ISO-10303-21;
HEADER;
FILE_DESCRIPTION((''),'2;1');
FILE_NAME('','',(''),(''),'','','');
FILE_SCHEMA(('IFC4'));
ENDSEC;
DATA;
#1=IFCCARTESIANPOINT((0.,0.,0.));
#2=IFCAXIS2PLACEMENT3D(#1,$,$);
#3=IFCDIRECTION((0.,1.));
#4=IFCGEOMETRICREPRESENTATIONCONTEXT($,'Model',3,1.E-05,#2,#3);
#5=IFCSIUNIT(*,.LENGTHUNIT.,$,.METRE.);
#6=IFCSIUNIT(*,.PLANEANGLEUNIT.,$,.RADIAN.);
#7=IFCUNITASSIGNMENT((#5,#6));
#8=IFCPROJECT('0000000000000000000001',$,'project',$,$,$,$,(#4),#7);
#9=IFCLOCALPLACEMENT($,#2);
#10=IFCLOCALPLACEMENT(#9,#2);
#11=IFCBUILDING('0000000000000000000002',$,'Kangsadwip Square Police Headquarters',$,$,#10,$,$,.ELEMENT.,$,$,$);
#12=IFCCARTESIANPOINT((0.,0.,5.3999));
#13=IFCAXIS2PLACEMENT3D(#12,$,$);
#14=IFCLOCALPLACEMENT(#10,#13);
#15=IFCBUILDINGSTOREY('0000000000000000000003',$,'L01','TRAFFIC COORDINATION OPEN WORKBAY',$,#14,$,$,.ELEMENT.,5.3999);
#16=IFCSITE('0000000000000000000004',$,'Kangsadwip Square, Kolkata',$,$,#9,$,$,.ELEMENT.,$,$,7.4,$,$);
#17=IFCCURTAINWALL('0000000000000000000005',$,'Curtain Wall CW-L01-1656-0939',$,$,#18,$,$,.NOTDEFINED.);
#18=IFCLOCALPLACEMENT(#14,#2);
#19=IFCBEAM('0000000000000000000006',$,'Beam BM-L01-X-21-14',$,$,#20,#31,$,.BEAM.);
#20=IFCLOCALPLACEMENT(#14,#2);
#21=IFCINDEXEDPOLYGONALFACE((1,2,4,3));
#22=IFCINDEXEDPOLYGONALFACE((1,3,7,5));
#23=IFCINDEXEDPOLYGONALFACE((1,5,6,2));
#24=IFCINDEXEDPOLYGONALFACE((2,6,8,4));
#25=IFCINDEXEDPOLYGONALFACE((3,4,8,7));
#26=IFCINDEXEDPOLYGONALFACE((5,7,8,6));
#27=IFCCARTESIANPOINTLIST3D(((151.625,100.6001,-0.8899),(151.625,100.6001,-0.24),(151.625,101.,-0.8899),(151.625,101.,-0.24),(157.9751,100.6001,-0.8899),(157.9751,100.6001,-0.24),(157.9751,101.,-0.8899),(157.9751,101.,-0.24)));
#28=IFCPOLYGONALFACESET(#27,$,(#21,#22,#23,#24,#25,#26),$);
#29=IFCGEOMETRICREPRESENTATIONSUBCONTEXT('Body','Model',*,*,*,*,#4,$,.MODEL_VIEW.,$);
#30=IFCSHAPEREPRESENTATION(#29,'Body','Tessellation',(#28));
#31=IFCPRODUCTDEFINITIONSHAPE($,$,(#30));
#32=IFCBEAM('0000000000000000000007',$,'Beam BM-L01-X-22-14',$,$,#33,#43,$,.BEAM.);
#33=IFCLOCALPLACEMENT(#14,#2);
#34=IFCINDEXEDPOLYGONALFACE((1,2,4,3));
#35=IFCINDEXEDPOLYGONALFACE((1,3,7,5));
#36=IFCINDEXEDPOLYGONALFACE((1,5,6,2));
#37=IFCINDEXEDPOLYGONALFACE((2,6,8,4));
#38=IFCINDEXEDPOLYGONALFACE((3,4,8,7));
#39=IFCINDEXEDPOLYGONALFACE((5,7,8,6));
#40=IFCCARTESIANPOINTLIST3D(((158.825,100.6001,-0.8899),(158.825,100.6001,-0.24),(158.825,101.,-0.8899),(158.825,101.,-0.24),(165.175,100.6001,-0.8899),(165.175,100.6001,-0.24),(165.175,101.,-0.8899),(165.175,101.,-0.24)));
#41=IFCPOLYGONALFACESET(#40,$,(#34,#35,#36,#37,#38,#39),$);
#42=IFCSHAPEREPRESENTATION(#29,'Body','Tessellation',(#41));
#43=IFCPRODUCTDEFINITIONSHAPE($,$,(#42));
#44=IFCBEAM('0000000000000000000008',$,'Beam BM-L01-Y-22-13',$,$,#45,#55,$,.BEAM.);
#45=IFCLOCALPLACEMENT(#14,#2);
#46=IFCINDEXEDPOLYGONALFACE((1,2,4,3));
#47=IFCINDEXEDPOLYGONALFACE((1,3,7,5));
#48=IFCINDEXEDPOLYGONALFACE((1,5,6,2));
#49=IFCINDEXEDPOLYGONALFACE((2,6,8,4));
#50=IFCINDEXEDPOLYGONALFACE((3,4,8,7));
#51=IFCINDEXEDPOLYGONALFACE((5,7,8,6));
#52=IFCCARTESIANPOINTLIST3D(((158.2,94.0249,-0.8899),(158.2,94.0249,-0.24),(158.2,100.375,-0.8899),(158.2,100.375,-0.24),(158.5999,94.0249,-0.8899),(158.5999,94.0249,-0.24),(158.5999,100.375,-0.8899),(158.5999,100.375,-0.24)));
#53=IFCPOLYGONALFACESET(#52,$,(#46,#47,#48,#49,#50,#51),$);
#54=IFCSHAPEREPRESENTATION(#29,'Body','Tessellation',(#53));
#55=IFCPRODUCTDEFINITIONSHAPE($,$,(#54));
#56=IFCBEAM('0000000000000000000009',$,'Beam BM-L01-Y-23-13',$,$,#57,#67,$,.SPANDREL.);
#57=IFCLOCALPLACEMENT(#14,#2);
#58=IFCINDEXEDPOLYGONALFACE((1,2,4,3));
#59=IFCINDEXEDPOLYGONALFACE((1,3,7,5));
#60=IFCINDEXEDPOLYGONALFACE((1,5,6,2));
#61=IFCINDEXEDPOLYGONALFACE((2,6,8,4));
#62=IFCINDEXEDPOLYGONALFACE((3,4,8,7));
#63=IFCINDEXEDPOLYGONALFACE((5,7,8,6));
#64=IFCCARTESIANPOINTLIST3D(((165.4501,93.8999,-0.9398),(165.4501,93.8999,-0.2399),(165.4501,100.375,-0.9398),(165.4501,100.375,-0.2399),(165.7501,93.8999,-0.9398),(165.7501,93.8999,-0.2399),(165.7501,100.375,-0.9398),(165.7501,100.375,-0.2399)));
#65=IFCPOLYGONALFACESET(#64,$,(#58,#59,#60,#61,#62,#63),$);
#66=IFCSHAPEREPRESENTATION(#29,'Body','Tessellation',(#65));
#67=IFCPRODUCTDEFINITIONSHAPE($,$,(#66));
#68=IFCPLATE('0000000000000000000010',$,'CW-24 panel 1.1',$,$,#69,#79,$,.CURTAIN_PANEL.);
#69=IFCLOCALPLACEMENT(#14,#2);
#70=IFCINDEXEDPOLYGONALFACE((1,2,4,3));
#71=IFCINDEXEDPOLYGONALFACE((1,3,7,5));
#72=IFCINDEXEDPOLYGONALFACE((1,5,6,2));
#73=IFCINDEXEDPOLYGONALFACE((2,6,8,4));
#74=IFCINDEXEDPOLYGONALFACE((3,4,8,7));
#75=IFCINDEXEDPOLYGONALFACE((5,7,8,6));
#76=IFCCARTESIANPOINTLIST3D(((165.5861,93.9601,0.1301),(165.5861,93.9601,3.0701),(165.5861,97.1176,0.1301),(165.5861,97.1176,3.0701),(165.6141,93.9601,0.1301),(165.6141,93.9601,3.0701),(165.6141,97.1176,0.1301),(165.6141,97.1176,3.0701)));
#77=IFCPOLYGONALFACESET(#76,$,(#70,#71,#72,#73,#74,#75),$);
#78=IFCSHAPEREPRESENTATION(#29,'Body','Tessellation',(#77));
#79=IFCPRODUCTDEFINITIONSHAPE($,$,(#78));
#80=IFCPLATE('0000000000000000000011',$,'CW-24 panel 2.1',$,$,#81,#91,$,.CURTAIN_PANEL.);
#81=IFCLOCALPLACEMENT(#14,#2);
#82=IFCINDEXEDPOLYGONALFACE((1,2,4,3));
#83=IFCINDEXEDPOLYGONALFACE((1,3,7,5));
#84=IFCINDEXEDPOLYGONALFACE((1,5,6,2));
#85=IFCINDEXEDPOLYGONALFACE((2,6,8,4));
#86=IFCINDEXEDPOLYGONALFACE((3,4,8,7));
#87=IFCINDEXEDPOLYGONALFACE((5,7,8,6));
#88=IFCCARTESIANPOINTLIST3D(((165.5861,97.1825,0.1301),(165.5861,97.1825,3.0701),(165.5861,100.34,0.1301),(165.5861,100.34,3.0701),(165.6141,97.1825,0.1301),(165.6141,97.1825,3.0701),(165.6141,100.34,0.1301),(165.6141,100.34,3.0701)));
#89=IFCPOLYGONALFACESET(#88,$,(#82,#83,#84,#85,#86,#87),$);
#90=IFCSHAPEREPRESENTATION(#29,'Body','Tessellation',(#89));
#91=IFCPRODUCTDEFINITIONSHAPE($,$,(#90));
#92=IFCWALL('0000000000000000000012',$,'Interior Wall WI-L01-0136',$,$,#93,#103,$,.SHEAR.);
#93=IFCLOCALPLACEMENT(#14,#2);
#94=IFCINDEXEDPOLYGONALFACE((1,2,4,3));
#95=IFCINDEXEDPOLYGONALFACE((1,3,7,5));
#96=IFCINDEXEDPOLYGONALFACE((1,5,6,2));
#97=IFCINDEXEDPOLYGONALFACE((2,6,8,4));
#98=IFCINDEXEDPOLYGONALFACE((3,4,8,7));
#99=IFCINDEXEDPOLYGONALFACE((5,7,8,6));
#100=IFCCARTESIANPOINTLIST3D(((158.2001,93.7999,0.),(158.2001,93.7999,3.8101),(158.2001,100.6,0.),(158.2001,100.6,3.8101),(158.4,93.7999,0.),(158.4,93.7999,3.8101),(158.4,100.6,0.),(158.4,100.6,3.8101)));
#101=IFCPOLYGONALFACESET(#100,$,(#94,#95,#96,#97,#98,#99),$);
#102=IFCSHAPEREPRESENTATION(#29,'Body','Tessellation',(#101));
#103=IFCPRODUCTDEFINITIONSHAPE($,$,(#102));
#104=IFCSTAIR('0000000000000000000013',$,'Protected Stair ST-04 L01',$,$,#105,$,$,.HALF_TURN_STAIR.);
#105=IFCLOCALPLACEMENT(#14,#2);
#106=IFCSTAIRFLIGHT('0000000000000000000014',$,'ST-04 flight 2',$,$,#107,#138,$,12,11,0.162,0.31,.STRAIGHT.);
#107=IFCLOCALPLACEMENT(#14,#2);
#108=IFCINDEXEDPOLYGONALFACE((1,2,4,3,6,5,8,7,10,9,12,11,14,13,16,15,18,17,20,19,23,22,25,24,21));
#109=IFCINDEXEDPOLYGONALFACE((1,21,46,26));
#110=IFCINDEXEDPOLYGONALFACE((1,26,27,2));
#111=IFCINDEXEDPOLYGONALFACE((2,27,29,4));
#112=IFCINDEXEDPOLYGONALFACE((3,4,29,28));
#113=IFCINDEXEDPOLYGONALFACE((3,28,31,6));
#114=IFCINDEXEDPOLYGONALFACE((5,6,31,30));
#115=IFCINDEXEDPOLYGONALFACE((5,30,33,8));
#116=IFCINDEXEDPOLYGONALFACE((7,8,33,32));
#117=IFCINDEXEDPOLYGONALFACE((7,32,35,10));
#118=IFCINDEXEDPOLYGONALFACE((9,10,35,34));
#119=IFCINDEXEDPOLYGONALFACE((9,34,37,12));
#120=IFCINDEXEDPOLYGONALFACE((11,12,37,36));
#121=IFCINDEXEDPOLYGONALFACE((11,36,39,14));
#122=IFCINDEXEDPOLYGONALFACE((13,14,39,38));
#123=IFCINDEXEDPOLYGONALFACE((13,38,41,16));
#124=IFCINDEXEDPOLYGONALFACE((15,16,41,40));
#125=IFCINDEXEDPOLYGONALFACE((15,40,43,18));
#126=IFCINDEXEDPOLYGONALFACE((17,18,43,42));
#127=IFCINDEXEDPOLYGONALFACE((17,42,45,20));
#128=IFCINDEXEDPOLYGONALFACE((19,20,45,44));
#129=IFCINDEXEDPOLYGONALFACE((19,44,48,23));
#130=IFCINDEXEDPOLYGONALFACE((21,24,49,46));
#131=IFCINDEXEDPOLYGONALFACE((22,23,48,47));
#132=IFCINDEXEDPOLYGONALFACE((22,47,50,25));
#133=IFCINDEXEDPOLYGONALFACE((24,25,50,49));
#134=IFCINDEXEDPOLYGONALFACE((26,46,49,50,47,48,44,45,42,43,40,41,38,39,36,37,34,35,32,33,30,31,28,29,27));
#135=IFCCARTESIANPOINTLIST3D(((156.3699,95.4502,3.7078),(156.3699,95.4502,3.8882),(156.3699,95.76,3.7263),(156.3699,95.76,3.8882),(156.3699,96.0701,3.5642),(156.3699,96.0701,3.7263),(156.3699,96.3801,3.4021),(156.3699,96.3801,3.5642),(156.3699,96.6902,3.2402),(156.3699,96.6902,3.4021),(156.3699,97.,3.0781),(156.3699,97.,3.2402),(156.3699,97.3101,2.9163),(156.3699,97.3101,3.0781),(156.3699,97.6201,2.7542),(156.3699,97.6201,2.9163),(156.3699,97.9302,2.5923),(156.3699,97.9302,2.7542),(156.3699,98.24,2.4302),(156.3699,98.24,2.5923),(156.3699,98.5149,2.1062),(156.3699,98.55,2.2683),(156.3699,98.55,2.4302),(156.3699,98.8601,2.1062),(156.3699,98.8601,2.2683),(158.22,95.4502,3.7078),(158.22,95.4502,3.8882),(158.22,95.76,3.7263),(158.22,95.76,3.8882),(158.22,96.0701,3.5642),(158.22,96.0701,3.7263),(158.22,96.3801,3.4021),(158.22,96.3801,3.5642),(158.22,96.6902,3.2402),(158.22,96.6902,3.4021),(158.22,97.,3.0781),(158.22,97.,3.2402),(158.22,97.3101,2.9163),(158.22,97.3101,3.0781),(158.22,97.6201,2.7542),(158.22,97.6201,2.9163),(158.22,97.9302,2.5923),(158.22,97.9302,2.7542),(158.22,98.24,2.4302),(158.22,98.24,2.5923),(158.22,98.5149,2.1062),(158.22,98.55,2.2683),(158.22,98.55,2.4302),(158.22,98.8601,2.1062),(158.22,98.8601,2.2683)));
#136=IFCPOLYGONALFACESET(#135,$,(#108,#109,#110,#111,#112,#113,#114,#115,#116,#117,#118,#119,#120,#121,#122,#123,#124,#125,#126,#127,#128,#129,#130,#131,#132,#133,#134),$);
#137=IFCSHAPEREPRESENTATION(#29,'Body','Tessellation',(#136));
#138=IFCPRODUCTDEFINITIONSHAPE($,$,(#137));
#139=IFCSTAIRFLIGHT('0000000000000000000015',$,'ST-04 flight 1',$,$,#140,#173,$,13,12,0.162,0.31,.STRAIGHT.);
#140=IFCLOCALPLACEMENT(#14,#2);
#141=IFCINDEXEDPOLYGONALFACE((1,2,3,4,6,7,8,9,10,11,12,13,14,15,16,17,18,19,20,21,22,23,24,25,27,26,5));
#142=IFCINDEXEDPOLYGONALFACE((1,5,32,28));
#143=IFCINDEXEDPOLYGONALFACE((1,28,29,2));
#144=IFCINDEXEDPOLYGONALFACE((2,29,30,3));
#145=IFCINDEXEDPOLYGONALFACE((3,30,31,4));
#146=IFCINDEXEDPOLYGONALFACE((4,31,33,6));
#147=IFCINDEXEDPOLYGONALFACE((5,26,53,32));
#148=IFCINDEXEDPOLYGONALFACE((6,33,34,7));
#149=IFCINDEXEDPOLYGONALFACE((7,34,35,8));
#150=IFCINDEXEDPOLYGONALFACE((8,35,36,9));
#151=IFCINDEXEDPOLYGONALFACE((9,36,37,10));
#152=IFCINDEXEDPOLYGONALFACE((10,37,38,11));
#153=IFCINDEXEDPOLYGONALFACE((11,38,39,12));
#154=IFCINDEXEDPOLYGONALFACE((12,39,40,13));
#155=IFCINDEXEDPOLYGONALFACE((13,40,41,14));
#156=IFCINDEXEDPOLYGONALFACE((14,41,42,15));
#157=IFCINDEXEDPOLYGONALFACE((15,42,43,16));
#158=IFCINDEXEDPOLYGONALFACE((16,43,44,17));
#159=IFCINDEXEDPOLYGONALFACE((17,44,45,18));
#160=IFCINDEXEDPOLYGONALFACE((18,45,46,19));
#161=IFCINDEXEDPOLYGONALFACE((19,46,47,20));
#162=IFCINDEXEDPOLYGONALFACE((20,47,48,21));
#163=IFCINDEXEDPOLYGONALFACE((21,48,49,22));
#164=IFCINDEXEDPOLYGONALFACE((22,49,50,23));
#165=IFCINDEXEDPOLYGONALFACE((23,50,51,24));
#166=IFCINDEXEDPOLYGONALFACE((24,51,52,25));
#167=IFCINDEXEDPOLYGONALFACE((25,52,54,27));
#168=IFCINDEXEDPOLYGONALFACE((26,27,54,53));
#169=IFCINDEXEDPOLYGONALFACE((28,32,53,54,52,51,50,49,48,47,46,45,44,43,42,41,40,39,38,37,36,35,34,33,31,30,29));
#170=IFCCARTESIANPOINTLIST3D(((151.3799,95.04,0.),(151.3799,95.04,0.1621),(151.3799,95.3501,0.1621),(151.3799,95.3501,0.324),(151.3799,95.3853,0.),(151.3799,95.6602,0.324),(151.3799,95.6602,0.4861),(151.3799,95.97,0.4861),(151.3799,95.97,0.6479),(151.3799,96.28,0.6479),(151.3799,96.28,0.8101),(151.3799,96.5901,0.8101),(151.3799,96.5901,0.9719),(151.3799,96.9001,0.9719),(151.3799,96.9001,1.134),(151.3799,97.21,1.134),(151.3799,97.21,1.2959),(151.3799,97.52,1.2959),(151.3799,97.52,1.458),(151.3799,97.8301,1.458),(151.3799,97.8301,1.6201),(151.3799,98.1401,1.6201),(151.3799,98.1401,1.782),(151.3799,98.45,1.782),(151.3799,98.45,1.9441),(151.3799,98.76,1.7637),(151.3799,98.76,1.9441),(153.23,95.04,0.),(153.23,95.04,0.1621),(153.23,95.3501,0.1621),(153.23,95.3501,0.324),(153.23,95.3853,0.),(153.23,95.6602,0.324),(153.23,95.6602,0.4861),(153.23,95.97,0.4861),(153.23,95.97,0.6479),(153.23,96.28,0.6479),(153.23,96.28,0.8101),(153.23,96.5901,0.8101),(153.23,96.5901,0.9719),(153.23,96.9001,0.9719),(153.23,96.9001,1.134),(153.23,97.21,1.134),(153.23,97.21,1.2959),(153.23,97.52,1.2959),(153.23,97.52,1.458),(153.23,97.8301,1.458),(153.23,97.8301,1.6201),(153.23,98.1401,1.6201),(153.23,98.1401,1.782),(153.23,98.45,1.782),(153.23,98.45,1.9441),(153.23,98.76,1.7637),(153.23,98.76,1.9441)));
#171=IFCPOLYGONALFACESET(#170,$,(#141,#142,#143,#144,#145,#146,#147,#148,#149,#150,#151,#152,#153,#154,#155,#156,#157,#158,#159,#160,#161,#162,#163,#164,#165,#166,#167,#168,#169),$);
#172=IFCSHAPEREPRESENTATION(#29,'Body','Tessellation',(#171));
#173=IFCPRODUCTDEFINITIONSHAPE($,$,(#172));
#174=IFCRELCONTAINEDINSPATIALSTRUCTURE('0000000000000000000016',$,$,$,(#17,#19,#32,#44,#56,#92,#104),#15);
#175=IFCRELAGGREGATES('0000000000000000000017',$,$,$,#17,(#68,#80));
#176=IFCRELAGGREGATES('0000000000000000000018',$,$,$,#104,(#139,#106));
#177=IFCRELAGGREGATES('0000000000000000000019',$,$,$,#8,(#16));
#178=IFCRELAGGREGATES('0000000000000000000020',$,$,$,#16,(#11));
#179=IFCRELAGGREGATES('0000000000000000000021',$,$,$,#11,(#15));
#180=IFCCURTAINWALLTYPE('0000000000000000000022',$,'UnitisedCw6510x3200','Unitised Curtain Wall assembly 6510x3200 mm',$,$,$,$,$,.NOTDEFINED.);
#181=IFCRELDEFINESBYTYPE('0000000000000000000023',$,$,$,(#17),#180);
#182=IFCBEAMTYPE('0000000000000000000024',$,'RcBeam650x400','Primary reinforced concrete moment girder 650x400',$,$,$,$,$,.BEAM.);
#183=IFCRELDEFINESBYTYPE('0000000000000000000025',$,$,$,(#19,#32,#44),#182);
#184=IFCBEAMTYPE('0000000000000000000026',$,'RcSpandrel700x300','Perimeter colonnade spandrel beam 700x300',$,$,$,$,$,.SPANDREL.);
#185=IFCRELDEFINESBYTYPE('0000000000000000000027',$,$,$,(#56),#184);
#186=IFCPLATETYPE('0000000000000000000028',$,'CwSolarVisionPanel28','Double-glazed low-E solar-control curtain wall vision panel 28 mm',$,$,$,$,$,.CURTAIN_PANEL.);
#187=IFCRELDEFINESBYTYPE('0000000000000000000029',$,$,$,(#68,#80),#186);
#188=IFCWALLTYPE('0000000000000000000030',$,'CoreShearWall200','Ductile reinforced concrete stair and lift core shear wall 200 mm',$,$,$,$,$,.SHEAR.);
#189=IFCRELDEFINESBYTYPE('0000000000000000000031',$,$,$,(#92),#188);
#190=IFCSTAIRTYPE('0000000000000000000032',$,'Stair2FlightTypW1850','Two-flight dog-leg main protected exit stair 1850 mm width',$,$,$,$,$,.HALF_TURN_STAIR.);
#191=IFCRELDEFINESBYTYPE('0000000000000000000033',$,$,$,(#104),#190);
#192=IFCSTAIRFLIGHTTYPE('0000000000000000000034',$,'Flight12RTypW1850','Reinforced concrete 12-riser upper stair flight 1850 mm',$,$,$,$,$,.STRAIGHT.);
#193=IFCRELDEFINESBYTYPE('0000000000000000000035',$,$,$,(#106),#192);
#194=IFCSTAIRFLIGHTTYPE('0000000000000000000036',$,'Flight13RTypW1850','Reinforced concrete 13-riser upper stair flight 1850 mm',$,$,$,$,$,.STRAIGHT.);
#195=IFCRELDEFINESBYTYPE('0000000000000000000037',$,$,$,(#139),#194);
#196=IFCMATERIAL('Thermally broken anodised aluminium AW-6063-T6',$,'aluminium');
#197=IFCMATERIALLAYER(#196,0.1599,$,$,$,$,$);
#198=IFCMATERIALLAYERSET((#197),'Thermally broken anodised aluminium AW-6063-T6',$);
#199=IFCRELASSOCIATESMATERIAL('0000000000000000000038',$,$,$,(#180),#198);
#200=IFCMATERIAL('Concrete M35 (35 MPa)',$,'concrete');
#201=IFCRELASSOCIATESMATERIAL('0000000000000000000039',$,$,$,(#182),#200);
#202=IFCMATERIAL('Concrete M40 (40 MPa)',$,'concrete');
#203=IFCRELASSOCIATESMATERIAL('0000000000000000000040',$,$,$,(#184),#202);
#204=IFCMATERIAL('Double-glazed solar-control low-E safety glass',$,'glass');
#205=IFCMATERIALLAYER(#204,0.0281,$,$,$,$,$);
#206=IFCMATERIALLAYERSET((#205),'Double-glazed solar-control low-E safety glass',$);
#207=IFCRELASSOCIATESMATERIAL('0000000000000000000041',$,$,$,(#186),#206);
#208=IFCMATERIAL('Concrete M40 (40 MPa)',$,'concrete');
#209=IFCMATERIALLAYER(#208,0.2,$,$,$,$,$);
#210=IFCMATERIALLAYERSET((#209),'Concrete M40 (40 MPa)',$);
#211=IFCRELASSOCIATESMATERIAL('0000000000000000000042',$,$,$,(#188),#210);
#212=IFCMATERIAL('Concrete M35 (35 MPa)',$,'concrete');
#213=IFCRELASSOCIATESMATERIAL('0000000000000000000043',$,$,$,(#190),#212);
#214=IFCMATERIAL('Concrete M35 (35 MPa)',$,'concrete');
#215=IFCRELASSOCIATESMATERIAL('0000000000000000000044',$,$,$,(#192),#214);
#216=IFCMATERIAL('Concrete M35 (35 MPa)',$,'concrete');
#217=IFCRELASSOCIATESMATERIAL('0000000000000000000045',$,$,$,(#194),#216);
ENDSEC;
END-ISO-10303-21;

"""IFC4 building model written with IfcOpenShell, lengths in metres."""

from ifc_helpers import new_model, si_unit, direction, frame, frame_2d, origin, origin_2d, place, context, subcontext, project, spatial, polyline, rectangle, outline, extrude, material, layer, layer_set, material_profile, profile_set, type_object, element, aggregate, save


model = new_model("IFC4")

# Units and contexts
model_context = context("Model", 3, precision=1e-05, world=origin(), true_north=direction((0.0, 1.0)))
body_context = subcontext(model_context, "Body", "Model", "MODEL_VIEW")
ifc_project = project(units=[si_unit("LENGTHUNIT", "METRE"), si_unit("PLANEANGLEUNIT", "RADIAN")], contexts=[model_context])

# Site, building, storey
site_placement = place(None, origin())
site = spatial("IfcSite", under=ifc_project, at=site_placement, Name="Kangsadwip Square, Kolkata", CompositionType="ELEMENT", RefElevation=7.4)
building_placement = place(site_placement, origin())
building = spatial("IfcBuilding", under=site, at=building_placement, Name="Kangsadwip Square Police Headquarters", CompositionType="ELEMENT")
storey_placement = place(building_placement, frame((0.0, 0.0, 5.3999)))
storey = spatial("IfcBuildingStorey", under=building, at=storey_placement, Name="L01", Description="TRAFFIC COORDINATION OPEN WORKBAY", CompositionType="ELEMENT", Elevation=5.3999)

# Curtain wall
ifc_material_1 = material(Name="Thermally broken anodised aluminium AW-6063-T6", Category="aluminium")
ifc_layer_1 = layer(ifc_material_1, 0.1599)
ifc_layer_set_1 = layer_set([ifc_layer_1], Name="Thermally broken anodised aluminium AW-6063-T6")
curtain_wall_type = type_object("IfcCurtainWallType", Name="UnitisedCw6510x3200", Description="Unitised Curtain Wall assembly 6510x3200 mm", PredefinedType="NOTDEFINED", material=ifc_layer_set_1)
curtain_wall_placement = place(storey_placement, origin())
curtain_wall = element("IfcCurtainWall", 1, at=curtain_wall_placement, inside=storey, type_object=curtain_wall_type, Name="Curtain Wall CW-L01-1656-0939", PredefinedType="NOTDEFINED")

# Beams
ifc_material_2 = material(Name="Concrete M35 (35 MPa)", Category="concrete")
ifc_material_profile_1 = material_profile(ifc_material_2, rectangle(XDim=0.3999, YDim=0.6499, at=origin_2d()), Name="RC BM 650X400")
ifc_profile_set_1 = profile_set([ifc_material_profile_1], Name="Concrete M35 (35 MPa)")
beam_type_1 = type_object("IfcBeamType", Name="RcBeam650x400", Description="Primary reinforced concrete moment girder 650x400", PredefinedType="BEAM", material=ifc_profile_set_1)
for number, where, z_axis, x_axis, name in (
    (2, (151.625, 100.8, -0.5649), (1.0, 0.0, 0.0), (0.0, 1.0, 0.0), "Beam BM-L01-X-21-14"),
    (3, (158.825, 100.8, -0.5649), (1.0, 0.0, 0.0), (0.0, 1.0, 0.0), "Beam BM-L01-X-22-14"),
    (4, (158.3999, 94.0249, -0.5649), (0.0, 1.0, 0.0), (-1.0, 0.0, 0.0), "Beam BM-L01-Y-22-13"),
):
    element("IfcBeam", number, at=place(storey_placement, frame(where, z_axis=z_axis, x_axis=x_axis)), inside=storey, type_object=beam_type_1, Name=name, PredefinedType="BEAM", context=body_context, shape_type="SweptSolid", body=[
        extrude(rectangle(XDim=0.3999, YDim=0.6499, at=origin_2d()), origin(), (0.0, 0.0, 1.0), 6.3501),
    ])
ifc_material_3 = material(Name="Concrete M40 (40 MPa)", Category="concrete")
ifc_material_profile_2 = material_profile(ifc_material_3, rectangle(XDim=0.3, YDim=0.7, at=origin_2d()), Name="RC SPN 700X300")
ifc_profile_set_2 = profile_set([ifc_material_profile_2], Name="Concrete M40 (40 MPa)")
beam_type_2 = type_object("IfcBeamType", Name="RcSpandrel700x300", Description="Perimeter colonnade spandrel beam 700x300", PredefinedType="SPANDREL", material=ifc_profile_set_2)
beam_1_placement = place(storey_placement, frame((165.6001, 93.8999, -0.5898), z_axis=(0.0, 1.0, 0.0), x_axis=(-1.0, 0.0, 0.0)))
element("IfcBeam", 5, at=beam_1_placement, inside=storey, type_object=beam_type_2, Name="Beam BM-L01-Y-23-13", PredefinedType="SPANDREL", context=body_context, shape_type="SweptSolid", body=[
    extrude(rectangle(XDim=0.3, YDim=0.7, at=origin_2d()), origin(), (0.0, 0.0, 1.0), 6.4751),
])

# Plates
ifc_material_4 = material(Name="Double-glazed solar-control low-E safety glass", Category="glass")
ifc_layer_2 = layer(ifc_material_4, 0.0281)
ifc_layer_set_2 = layer_set([ifc_layer_2], Name="Double-glazed solar-control low-E safety glass")
plate_type = type_object("IfcPlateType", Name="CwSolarVisionPanel28", Description="Double-glazed low-E solar-control curtain wall vision panel 28 mm", PredefinedType="CURTAIN_PANEL", material=ifc_layer_set_2)
plate_1_placement = place(storey_placement, frame((165.6001, 95.5388, 0.1301), z_axis=(0.0, 0.0, 1.0), x_axis=(0.0, 1.0, 0.0)))
plate_1 = element("IfcPlate", 6, at=plate_1_placement, type_object=plate_type, Name="CW-24 panel 1.1", PredefinedType="CURTAIN_PANEL", context=body_context, shape_type="SweptSolid", body=[
    extrude(rectangle(XDim=3.1575, YDim=0.0281, at=origin_2d()), origin(), (0.0, 0.0, 1.0), 2.9399),
])
plate_2_placement = place(storey_placement, frame((165.6001, 98.7612, 0.1301), z_axis=(0.0, 0.0, 1.0), x_axis=(0.0, 1.0, 0.0)))
plate_2 = element("IfcPlate", 7, at=plate_2_placement, type_object=plate_type, Name="CW-24 panel 2.1", PredefinedType="CURTAIN_PANEL", context=body_context, shape_type="SweptSolid", body=[
    extrude(rectangle(XDim=3.1575, YDim=0.0281, at=origin_2d()), origin(), (0.0, 0.0, 1.0), 2.9399),
])
aggregate(curtain_wall, [plate_1, plate_2])

# Wall
ifc_material_5 = material(Name="Concrete M40 (40 MPa)", Category="concrete")
ifc_layer_3 = layer(ifc_material_5, 0.2)
ifc_layer_set_3 = layer_set([ifc_layer_3], Name="Concrete M40 (40 MPa)")
wall_type = type_object("IfcWallType", Name="CoreShearWall200", Description="Ductile reinforced concrete stair and lift core shear wall 200 mm", PredefinedType="SHEAR", material=ifc_layer_set_3)
wall_placement = place(storey_placement, frame((158.3, 93.8, 0.0), z_axis=(0.0, 0.0, 1.0), x_axis=(0.0, 1.0, 0.0)))
element("IfcWall", 8, at=wall_placement, inside=storey, type_object=wall_type, Name="Interior Wall WI-L01-0136", PredefinedType="SHEAR", context=body_context, shape_type="SweptSolid", body=[
    extrude(rectangle(XDim=6.8, YDim=0.2, at=frame_2d((3.3999, 0.0))), origin(), (0.0, 0.0, 1.0), 3.8101),
])

# Stair, stair flights
ifc_material_6 = material(Name="Concrete M35 (35 MPa)", Category="concrete")
stair_type = type_object("IfcStairType", Name="Stair2FlightTypW1850", Description="Two-flight dog-leg main protected exit stair 1850 mm width", PredefinedType="HALF_TURN_STAIR", material=ifc_material_6)
stair_placement = place(storey_placement, origin())
stair = element("IfcStair", 9, at=stair_placement, inside=storey, type_object=stair_type, Name="Protected Stair ST-04 L01", PredefinedType="HALF_TURN_STAIR")
ifc_material_7 = material(Name="Concrete M35 (35 MPa)", Category="concrete")
stair_flight_type_1 = type_object("IfcStairFlightType", Name="Flight12RTypW1850", Description="Reinforced concrete 12-riser upper stair flight 1850 mm", PredefinedType="STRAIGHT", material=ifc_material_7)
stair_flight_1_placement = place(storey_placement, frame((157.2949, 98.8601, 2.1062), z_axis=(0.0, 0.0, 1.0), x_axis=(0.0, -1.0, 0.0)))
stair_flight_1 = element("IfcStairFlight", 10, at=stair_flight_1_placement, type_object=stair_flight_type_1, Name="ST-04 flight 2", NumberOfRisers=12, NumberOfTreads=11, PredefinedType="STRAIGHT", RiserHeight=0.162, TreadLength=0.31, context=body_context, shape_type="SweptSolid", body=[
    extrude(outline(polyline([(0.0, 0.0), (0.0, 0.1621), (0.3101, 0.1621), (0.3101, 0.324), (0.6201, 0.324), (0.6201, 0.4861), (0.9299, 0.4861), (0.9299, 0.6479), (1.24, 0.6479), (1.24, 0.8101), (1.55, 0.8101), (1.55, 0.9719), (1.8601, 0.9719), (1.8601, 1.134), (2.1699, 1.134), (2.1699, 1.2959), (2.48, 1.2959), (2.48, 1.458), (2.79, 1.458), (2.79, 1.6201), (3.1001, 1.6201), (3.1001, 1.782), (3.4099, 1.782), (3.4099, 1.9441), (3.4099, 1.6016), (0.3452, 0.0), (0.0, 0.0)])), frame((0.0, 0.925, 0.0), z_axis=(0.0, -1.0, 0.0), x_axis=(1.0, 0.0, 0.0)), (0.0, 0.0, 1.0), 1.8501),
])
ifc_material_8 = material(Name="Concrete M35 (35 MPa)", Category="concrete")
stair_flight_type_2 = type_object("IfcStairFlightType", Name="Flight13RTypW1850", Description="Reinforced concrete 13-riser upper stair flight 1850 mm", PredefinedType="STRAIGHT", material=ifc_material_8)
stair_flight_2_placement = place(storey_placement, frame((152.3049, 95.04, 0.0), z_axis=(0.0, 0.0, 1.0), x_axis=(0.0, 1.0, 0.0)))
stair_flight_2 = element("IfcStairFlight", 11, at=stair_flight_2_placement, type_object=stair_flight_type_2, Name="ST-04 flight 1", NumberOfRisers=13, NumberOfTreads=12, PredefinedType="STRAIGHT", RiserHeight=0.162, TreadLength=0.31, context=body_context, shape_type="SweptSolid", body=[
    extrude(outline(polyline([(0.0, 0.0), (0.0, 0.1621), (0.3101, 0.1621), (0.3101, 0.324), (0.6201, 0.324), (0.6201, 0.4861), (0.9299, 0.4861), (0.9299, 0.6479), (1.24, 0.6479), (1.24, 0.8101), (1.55, 0.8101), (1.55, 0.9719), (1.8601, 0.9719), (1.8601, 1.134), (2.1699, 1.134), (2.1699, 1.2959), (2.48, 1.2959), (2.48, 1.458), (2.79, 1.458), (2.79, 1.6201), (3.1001, 1.6201), (3.1001, 1.782), (3.4099, 1.782), (3.4099, 1.9441), (3.72, 1.9441), (3.72, 2.106), (3.72, 1.7637), (0.3452, 0.0), (0.0, 0.0)])), frame((0.0, 0.925, 0.0), z_axis=(0.0, -1.0, 0.0), x_axis=(1.0, 0.0, 0.0)), (0.0, 0.0, 1.0), 1.8501),
])
aggregate(stair, [stair_flight_2, stair_flight_1])

save(model, "model.ifc")
